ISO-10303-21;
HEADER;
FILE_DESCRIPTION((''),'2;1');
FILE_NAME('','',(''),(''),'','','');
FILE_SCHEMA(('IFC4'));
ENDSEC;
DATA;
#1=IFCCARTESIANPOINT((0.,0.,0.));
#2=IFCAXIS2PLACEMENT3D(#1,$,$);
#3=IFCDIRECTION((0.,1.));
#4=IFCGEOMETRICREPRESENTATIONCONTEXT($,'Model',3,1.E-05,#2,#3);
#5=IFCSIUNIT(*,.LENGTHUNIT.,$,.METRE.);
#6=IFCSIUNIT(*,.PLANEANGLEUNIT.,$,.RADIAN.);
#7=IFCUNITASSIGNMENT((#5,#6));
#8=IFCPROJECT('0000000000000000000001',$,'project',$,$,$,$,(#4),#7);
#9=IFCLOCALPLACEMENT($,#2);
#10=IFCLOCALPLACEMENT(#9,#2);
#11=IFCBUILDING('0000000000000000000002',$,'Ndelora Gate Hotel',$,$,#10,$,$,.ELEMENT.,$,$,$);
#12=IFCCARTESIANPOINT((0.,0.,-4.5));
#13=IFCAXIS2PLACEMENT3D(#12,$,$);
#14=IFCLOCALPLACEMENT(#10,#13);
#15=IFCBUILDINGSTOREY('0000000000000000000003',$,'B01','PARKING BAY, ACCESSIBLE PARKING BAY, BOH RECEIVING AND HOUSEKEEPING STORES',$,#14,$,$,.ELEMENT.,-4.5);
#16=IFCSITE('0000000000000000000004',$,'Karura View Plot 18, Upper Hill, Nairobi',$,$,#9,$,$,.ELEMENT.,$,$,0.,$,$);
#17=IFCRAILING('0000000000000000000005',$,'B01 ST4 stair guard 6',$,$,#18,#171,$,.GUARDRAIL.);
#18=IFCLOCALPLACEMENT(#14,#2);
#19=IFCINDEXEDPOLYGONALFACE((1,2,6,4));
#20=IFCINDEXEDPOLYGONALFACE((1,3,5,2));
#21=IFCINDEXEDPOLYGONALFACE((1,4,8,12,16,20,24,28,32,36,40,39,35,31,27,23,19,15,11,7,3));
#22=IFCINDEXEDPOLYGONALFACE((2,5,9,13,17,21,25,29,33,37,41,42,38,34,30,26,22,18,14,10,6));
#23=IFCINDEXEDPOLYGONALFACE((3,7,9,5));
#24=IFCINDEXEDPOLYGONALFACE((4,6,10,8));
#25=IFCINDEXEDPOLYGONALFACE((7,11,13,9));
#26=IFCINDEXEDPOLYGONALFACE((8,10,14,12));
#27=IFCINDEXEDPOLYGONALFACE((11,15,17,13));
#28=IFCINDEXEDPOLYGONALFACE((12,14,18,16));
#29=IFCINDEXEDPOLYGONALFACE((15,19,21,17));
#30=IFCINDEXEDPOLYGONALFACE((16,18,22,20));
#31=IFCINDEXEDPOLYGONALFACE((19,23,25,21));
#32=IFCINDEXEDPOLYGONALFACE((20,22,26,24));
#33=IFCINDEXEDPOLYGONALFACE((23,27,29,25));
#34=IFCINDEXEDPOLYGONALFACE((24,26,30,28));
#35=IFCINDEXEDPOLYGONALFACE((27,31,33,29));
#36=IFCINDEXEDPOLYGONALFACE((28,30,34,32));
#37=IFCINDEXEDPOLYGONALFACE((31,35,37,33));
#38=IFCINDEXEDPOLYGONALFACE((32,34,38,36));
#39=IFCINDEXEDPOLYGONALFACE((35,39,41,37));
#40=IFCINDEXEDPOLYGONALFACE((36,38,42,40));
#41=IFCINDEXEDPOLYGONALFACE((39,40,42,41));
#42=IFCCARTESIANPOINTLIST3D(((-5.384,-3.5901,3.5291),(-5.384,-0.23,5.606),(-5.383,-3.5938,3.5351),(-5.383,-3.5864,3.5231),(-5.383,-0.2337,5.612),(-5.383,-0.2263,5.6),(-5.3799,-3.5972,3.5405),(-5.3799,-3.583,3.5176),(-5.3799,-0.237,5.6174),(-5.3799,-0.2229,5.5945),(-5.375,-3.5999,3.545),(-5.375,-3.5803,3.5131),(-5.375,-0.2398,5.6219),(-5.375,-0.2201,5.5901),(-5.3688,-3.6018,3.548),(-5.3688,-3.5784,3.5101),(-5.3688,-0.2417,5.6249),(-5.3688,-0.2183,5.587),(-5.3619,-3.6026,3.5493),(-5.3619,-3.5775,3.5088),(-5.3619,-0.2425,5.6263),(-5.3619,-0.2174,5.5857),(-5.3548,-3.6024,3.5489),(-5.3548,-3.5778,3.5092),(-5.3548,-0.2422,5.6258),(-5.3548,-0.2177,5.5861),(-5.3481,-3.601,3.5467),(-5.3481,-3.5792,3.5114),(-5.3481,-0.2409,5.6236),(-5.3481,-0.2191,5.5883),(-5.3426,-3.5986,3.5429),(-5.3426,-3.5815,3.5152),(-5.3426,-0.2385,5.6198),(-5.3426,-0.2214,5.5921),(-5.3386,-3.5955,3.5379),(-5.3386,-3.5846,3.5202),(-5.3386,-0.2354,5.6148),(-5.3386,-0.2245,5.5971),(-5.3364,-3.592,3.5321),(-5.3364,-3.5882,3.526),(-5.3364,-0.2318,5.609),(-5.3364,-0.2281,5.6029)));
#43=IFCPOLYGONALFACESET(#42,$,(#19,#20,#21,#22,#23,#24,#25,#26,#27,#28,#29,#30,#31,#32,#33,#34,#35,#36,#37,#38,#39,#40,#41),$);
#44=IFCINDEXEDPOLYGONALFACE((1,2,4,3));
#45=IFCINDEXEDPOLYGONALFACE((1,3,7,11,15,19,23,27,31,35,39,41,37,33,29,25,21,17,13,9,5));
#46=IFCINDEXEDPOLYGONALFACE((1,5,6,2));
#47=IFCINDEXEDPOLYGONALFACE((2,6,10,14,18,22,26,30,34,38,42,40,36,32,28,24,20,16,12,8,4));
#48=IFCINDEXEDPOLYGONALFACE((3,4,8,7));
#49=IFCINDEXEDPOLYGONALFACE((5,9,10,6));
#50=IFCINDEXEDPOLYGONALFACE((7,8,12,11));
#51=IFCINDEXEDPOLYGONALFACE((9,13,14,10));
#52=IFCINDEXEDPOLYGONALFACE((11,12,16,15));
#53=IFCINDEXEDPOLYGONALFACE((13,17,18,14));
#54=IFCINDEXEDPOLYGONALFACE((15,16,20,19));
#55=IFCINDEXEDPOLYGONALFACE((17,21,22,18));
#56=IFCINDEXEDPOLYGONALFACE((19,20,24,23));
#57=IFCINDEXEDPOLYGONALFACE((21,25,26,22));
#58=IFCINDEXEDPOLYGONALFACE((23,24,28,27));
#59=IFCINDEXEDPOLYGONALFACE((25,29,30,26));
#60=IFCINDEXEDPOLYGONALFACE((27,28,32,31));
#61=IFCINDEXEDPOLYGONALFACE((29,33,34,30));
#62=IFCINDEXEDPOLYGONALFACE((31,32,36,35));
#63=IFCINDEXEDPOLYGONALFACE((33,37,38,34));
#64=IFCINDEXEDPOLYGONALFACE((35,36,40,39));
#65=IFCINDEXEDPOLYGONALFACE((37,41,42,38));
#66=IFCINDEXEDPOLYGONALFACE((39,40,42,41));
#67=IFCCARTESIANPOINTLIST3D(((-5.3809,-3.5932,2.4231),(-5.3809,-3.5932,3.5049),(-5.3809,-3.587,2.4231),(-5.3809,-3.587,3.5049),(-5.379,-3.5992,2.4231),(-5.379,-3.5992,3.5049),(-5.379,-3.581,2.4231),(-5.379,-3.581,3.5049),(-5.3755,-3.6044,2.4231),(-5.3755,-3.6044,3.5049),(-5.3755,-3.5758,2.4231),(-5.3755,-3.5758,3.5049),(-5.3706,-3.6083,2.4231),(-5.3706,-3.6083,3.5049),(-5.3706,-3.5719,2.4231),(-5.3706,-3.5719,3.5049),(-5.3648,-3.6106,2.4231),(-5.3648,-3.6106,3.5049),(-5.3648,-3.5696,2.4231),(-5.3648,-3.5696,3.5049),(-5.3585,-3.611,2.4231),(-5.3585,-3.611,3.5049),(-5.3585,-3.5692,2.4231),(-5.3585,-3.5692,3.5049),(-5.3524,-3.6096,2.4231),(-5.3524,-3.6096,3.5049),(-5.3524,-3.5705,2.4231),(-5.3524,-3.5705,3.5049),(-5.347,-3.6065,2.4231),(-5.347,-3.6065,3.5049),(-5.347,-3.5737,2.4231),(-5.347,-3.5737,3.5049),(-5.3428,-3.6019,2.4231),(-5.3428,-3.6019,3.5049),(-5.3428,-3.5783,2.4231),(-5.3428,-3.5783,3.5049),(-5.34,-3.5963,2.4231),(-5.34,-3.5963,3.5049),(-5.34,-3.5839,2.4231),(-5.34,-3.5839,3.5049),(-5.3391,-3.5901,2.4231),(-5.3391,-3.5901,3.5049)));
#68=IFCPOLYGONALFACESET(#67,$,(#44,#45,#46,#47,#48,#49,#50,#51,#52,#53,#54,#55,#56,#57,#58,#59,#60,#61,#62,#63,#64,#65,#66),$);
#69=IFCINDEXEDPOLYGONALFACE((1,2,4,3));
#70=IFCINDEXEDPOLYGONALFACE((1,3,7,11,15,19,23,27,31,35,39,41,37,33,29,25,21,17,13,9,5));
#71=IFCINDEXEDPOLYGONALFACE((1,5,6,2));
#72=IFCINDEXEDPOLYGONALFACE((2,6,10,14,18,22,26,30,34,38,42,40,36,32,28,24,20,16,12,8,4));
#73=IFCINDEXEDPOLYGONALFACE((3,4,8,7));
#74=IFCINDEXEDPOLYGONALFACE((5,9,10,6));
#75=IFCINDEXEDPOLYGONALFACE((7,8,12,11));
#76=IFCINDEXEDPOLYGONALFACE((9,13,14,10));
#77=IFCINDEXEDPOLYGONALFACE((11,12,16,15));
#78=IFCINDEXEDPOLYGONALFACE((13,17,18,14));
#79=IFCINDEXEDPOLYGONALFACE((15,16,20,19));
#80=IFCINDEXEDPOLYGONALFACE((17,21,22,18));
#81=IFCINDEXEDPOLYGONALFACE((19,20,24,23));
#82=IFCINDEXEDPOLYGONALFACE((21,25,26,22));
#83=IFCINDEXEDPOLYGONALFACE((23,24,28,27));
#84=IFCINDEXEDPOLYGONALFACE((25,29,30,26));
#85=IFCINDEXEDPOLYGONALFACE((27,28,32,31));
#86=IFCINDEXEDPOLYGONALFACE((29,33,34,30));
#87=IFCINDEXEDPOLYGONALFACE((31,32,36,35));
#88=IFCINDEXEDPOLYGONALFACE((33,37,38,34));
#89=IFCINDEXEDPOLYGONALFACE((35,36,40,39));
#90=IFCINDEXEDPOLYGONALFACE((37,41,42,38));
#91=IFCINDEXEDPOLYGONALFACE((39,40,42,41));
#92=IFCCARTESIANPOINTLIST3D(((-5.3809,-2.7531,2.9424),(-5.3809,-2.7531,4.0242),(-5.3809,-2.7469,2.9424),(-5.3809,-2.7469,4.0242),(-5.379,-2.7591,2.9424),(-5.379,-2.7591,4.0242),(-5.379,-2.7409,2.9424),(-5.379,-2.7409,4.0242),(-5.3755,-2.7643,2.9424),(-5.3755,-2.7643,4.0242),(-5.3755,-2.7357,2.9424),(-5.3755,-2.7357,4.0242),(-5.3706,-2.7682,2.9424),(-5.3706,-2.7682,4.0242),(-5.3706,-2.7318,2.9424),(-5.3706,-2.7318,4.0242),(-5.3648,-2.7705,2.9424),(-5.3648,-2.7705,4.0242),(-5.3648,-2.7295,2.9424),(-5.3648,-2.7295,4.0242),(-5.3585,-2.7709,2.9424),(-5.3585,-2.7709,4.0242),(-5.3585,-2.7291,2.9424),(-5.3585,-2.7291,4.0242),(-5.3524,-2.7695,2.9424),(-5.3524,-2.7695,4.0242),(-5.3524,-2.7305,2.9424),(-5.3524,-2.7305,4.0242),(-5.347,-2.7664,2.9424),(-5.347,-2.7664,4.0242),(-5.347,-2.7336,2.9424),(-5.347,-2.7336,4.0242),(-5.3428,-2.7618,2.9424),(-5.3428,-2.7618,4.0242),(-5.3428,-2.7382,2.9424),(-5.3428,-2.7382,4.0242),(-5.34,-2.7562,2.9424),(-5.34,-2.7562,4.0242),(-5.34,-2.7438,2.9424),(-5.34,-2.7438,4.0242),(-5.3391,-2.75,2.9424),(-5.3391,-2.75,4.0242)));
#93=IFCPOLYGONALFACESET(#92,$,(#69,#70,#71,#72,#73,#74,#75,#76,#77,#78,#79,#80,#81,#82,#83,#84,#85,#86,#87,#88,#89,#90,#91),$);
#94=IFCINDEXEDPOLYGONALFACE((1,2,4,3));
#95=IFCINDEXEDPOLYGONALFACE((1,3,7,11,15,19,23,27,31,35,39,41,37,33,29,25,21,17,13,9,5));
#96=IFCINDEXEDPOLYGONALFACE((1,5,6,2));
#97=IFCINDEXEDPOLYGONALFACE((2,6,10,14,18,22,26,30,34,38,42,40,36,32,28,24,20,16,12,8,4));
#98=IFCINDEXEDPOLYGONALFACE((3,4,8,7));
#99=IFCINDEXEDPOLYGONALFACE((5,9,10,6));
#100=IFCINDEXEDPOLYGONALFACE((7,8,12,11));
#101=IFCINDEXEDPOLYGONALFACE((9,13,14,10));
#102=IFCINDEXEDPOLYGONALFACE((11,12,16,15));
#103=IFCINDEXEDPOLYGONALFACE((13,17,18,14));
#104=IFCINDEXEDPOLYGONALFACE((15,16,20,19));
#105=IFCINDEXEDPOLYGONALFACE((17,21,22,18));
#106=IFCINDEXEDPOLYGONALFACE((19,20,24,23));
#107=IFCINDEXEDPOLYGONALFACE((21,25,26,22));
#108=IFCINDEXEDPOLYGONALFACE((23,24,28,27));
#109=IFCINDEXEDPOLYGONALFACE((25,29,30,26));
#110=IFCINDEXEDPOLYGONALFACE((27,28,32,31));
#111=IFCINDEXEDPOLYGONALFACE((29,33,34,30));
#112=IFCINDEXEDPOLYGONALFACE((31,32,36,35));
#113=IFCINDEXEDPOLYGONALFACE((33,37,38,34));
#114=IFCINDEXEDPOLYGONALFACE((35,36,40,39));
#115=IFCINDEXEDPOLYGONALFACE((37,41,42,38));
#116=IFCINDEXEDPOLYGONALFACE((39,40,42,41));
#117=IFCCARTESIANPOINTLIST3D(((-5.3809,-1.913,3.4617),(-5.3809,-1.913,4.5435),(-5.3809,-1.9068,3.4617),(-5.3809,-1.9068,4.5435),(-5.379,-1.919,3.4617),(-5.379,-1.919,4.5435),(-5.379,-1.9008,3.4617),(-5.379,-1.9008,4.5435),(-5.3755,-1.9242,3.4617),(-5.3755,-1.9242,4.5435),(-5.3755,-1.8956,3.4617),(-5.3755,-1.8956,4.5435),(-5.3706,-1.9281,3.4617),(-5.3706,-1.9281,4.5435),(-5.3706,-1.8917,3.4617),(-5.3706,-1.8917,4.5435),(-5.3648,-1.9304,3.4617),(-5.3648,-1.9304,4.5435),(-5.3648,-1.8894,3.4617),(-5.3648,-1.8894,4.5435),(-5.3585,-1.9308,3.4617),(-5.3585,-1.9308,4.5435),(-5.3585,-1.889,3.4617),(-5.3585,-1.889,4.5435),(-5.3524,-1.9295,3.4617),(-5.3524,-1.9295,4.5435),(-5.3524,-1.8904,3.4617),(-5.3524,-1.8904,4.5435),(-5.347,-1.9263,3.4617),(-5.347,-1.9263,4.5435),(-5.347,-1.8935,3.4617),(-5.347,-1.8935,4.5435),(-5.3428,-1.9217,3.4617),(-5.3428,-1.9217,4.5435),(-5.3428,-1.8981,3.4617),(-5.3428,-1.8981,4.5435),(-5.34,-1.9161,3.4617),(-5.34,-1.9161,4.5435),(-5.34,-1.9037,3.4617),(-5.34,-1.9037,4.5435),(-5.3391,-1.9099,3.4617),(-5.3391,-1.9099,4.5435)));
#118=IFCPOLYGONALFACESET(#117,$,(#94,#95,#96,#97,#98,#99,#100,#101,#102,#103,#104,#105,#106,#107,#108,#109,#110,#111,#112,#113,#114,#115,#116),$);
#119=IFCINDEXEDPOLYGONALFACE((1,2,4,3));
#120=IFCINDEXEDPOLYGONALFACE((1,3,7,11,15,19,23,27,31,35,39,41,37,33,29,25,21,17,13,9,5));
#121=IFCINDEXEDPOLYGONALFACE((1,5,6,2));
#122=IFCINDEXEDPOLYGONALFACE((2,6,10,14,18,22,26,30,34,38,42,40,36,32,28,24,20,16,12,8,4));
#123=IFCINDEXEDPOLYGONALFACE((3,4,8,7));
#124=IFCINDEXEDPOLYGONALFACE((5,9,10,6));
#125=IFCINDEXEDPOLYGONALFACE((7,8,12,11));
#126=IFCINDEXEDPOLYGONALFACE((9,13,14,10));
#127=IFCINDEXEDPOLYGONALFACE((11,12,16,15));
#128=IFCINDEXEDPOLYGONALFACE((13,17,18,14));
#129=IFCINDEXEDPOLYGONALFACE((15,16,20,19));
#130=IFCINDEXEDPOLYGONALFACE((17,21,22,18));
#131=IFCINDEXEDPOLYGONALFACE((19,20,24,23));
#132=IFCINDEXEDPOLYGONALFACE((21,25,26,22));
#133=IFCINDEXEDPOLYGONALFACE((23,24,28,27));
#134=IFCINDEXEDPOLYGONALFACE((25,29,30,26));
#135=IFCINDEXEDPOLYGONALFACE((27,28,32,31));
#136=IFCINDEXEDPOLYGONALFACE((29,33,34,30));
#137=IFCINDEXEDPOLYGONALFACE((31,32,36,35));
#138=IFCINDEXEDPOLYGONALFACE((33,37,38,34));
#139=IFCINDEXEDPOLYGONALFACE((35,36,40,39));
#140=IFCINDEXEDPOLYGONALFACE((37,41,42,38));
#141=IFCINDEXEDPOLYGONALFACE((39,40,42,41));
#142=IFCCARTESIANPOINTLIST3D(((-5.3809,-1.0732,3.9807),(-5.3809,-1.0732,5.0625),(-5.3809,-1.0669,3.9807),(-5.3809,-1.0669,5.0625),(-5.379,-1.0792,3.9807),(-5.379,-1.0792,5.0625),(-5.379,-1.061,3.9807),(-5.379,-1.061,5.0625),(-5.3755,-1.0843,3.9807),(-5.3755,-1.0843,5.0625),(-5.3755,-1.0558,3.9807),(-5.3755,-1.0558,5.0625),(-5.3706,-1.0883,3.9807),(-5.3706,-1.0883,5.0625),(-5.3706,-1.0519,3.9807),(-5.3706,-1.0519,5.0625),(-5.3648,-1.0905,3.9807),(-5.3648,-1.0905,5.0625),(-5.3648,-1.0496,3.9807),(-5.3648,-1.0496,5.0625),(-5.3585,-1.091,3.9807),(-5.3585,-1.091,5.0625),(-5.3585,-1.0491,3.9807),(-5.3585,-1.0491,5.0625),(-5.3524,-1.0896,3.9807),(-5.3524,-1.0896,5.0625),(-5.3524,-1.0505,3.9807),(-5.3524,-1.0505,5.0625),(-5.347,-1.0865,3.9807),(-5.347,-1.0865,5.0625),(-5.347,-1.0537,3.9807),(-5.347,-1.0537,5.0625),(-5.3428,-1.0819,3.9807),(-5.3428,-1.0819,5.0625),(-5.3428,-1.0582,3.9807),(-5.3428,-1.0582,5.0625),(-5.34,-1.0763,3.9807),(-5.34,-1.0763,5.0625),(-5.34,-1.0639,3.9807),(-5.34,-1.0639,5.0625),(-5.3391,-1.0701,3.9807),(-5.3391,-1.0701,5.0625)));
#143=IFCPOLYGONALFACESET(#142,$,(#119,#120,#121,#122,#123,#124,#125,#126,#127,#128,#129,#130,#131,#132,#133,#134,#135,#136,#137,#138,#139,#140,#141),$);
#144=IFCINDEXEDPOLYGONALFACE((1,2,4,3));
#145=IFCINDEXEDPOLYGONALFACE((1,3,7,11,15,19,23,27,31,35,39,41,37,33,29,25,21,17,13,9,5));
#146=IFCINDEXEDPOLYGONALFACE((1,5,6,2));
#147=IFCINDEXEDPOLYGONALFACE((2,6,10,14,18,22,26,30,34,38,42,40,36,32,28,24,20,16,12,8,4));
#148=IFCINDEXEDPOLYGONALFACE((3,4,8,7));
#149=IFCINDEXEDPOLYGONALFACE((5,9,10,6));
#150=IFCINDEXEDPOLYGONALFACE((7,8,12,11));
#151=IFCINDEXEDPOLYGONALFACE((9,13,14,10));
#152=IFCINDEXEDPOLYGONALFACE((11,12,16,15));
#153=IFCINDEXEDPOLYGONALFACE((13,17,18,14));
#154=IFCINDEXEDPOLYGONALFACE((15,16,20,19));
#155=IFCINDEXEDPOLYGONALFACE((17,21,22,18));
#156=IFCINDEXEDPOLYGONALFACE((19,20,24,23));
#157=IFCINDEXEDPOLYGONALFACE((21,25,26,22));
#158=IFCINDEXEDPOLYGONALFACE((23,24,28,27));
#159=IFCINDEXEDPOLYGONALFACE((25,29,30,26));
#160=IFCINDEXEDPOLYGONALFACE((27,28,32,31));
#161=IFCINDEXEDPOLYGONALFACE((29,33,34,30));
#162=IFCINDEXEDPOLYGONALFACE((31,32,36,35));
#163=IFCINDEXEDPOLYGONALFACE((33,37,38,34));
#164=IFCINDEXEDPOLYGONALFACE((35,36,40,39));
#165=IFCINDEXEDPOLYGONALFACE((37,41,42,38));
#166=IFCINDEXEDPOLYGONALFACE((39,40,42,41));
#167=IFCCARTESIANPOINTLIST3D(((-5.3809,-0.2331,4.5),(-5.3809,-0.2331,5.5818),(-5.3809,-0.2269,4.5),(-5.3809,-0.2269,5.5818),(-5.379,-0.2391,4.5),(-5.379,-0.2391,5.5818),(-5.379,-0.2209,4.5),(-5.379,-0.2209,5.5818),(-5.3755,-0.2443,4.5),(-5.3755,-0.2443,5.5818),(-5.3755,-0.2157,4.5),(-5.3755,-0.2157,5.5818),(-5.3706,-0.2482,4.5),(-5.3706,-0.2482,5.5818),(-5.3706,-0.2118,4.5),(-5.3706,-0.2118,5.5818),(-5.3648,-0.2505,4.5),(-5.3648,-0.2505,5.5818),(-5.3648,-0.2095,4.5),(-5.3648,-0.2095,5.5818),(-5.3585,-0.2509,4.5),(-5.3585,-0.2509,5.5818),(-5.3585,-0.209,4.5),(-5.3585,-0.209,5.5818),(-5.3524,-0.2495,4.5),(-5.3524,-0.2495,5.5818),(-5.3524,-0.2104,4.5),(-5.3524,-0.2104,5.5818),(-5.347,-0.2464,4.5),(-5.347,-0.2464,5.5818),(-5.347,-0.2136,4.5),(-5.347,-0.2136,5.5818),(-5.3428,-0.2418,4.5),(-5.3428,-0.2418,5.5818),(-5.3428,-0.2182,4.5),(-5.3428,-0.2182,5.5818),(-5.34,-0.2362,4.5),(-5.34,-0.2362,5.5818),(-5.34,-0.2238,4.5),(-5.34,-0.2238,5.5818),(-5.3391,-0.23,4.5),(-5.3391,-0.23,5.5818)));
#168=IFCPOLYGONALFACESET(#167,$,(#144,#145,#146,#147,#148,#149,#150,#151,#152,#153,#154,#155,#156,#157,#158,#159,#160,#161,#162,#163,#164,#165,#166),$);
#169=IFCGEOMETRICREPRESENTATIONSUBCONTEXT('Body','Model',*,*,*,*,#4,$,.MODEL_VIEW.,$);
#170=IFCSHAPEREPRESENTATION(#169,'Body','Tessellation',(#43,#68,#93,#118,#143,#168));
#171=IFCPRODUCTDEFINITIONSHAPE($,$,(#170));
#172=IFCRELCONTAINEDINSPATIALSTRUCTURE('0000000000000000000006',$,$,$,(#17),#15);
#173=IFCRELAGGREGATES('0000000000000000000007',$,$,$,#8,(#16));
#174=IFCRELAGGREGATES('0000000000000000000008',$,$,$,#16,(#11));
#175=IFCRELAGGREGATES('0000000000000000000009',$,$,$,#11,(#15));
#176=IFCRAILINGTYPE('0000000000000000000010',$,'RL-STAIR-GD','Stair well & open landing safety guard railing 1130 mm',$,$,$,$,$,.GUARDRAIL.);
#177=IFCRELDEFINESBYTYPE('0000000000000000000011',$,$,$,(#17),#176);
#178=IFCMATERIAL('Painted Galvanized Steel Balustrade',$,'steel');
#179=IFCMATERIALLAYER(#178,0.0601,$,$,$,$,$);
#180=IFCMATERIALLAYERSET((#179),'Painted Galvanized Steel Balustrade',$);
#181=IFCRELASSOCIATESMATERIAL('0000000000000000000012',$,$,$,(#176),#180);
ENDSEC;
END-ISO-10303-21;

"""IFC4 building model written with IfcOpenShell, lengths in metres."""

from ifc_helpers import new_model, si_unit, direction, frame, origin, origin_2d, place, context, subcontext, project, spatial, circle, extrude, material, layer, layer_set, type_object, element, save


model = new_model("IFC4")

# Units and contexts
model_context = context("Model", 3, precision=1e-05, world=origin(), true_north=direction((0.0, 1.0)))
body_context = subcontext(model_context, "Body", "Model", "MODEL_VIEW")
ifc_project = project(units=[si_unit("LENGTHUNIT", "METRE"), si_unit("PLANEANGLEUNIT", "RADIAN")], contexts=[model_context])

# Site, building, storey
site_placement = place(None, origin())
site = spatial("IfcSite", under=ifc_project, at=site_placement, Name="Karura View Plot 18, Upper Hill, Nairobi", CompositionType="ELEMENT", RefElevation=0.0)
building_placement = place(site_placement, origin())
building = spatial("IfcBuilding", under=site, at=building_placement, Name="Ndelora Gate Hotel", CompositionType="ELEMENT")
storey_placement = place(building_placement, frame((0.0, 0.0, -4.5)))
storey = spatial("IfcBuildingStorey", under=building, at=storey_placement, Name="B01", Description="PARKING BAY, ACCESSIBLE PARKING BAY, BOH RECEIVING AND HOUSEKEEPING STORES", CompositionType="ELEMENT", Elevation=-4.5)

# Railing
ifc_material_1 = material(Name="Painted Galvanized Steel Balustrade", Category="steel")
ifc_layer_1 = layer(ifc_material_1, 0.0601)
ifc_layer_set_1 = layer_set([ifc_layer_1], Name="Painted Galvanized Steel Balustrade")
railing_type_1 = type_object("IfcRailingType", Name="RL-STAIR-GD", Description="Stair well & open landing safety guard railing 1130 mm", PredefinedType="GUARDRAIL", material=ifc_layer_set_1)
railing_1_placement = place(storey_placement, frame((-5.3601, -3.5901, 2.4231)))
element("IfcRailing", 1, at=railing_1_placement, inside=storey, type_object=railing_type_1, Name="B01 ST4 stair guard 6", PredefinedType="GUARDRAIL", context=body_context, shape_type="SweptSolid", body=[
    extrude(circle(Radius=0.0239, at=origin_2d()), frame((0.0, 0.0, 1.106), z_axis=(0.0, 0.850623, 0.525776), x_axis=(-1.0, 0.0, 0.0)), (0.0, 0.0, 1.0), 3.9502),
    extrude(circle(Radius=0.021, at=origin_2d()), origin(), (0.0, 0.0, 1.0), 1.0818),
    extrude(circle(Radius=0.021, at=origin_2d()), frame((0.0, 0.8401, 0.5193)), (0.0, 0.0, 1.0), 1.0818),
    extrude(circle(Radius=0.021, at=origin_2d()), frame((0.0, 1.6802, 1.0386)), (0.0, 0.0, 1.0), 1.0818),
    extrude(circle(Radius=0.021, at=origin_2d()), frame((0.0, 2.52, 1.5576)), (0.0, 0.0, 1.0), 1.0818),
    extrude(circle(Radius=0.021, at=origin_2d()), frame((0.0, 3.3601, 2.0769)), (0.0, 0.0, 1.0), 1.0818),
])

save(model, "model.ifc")
